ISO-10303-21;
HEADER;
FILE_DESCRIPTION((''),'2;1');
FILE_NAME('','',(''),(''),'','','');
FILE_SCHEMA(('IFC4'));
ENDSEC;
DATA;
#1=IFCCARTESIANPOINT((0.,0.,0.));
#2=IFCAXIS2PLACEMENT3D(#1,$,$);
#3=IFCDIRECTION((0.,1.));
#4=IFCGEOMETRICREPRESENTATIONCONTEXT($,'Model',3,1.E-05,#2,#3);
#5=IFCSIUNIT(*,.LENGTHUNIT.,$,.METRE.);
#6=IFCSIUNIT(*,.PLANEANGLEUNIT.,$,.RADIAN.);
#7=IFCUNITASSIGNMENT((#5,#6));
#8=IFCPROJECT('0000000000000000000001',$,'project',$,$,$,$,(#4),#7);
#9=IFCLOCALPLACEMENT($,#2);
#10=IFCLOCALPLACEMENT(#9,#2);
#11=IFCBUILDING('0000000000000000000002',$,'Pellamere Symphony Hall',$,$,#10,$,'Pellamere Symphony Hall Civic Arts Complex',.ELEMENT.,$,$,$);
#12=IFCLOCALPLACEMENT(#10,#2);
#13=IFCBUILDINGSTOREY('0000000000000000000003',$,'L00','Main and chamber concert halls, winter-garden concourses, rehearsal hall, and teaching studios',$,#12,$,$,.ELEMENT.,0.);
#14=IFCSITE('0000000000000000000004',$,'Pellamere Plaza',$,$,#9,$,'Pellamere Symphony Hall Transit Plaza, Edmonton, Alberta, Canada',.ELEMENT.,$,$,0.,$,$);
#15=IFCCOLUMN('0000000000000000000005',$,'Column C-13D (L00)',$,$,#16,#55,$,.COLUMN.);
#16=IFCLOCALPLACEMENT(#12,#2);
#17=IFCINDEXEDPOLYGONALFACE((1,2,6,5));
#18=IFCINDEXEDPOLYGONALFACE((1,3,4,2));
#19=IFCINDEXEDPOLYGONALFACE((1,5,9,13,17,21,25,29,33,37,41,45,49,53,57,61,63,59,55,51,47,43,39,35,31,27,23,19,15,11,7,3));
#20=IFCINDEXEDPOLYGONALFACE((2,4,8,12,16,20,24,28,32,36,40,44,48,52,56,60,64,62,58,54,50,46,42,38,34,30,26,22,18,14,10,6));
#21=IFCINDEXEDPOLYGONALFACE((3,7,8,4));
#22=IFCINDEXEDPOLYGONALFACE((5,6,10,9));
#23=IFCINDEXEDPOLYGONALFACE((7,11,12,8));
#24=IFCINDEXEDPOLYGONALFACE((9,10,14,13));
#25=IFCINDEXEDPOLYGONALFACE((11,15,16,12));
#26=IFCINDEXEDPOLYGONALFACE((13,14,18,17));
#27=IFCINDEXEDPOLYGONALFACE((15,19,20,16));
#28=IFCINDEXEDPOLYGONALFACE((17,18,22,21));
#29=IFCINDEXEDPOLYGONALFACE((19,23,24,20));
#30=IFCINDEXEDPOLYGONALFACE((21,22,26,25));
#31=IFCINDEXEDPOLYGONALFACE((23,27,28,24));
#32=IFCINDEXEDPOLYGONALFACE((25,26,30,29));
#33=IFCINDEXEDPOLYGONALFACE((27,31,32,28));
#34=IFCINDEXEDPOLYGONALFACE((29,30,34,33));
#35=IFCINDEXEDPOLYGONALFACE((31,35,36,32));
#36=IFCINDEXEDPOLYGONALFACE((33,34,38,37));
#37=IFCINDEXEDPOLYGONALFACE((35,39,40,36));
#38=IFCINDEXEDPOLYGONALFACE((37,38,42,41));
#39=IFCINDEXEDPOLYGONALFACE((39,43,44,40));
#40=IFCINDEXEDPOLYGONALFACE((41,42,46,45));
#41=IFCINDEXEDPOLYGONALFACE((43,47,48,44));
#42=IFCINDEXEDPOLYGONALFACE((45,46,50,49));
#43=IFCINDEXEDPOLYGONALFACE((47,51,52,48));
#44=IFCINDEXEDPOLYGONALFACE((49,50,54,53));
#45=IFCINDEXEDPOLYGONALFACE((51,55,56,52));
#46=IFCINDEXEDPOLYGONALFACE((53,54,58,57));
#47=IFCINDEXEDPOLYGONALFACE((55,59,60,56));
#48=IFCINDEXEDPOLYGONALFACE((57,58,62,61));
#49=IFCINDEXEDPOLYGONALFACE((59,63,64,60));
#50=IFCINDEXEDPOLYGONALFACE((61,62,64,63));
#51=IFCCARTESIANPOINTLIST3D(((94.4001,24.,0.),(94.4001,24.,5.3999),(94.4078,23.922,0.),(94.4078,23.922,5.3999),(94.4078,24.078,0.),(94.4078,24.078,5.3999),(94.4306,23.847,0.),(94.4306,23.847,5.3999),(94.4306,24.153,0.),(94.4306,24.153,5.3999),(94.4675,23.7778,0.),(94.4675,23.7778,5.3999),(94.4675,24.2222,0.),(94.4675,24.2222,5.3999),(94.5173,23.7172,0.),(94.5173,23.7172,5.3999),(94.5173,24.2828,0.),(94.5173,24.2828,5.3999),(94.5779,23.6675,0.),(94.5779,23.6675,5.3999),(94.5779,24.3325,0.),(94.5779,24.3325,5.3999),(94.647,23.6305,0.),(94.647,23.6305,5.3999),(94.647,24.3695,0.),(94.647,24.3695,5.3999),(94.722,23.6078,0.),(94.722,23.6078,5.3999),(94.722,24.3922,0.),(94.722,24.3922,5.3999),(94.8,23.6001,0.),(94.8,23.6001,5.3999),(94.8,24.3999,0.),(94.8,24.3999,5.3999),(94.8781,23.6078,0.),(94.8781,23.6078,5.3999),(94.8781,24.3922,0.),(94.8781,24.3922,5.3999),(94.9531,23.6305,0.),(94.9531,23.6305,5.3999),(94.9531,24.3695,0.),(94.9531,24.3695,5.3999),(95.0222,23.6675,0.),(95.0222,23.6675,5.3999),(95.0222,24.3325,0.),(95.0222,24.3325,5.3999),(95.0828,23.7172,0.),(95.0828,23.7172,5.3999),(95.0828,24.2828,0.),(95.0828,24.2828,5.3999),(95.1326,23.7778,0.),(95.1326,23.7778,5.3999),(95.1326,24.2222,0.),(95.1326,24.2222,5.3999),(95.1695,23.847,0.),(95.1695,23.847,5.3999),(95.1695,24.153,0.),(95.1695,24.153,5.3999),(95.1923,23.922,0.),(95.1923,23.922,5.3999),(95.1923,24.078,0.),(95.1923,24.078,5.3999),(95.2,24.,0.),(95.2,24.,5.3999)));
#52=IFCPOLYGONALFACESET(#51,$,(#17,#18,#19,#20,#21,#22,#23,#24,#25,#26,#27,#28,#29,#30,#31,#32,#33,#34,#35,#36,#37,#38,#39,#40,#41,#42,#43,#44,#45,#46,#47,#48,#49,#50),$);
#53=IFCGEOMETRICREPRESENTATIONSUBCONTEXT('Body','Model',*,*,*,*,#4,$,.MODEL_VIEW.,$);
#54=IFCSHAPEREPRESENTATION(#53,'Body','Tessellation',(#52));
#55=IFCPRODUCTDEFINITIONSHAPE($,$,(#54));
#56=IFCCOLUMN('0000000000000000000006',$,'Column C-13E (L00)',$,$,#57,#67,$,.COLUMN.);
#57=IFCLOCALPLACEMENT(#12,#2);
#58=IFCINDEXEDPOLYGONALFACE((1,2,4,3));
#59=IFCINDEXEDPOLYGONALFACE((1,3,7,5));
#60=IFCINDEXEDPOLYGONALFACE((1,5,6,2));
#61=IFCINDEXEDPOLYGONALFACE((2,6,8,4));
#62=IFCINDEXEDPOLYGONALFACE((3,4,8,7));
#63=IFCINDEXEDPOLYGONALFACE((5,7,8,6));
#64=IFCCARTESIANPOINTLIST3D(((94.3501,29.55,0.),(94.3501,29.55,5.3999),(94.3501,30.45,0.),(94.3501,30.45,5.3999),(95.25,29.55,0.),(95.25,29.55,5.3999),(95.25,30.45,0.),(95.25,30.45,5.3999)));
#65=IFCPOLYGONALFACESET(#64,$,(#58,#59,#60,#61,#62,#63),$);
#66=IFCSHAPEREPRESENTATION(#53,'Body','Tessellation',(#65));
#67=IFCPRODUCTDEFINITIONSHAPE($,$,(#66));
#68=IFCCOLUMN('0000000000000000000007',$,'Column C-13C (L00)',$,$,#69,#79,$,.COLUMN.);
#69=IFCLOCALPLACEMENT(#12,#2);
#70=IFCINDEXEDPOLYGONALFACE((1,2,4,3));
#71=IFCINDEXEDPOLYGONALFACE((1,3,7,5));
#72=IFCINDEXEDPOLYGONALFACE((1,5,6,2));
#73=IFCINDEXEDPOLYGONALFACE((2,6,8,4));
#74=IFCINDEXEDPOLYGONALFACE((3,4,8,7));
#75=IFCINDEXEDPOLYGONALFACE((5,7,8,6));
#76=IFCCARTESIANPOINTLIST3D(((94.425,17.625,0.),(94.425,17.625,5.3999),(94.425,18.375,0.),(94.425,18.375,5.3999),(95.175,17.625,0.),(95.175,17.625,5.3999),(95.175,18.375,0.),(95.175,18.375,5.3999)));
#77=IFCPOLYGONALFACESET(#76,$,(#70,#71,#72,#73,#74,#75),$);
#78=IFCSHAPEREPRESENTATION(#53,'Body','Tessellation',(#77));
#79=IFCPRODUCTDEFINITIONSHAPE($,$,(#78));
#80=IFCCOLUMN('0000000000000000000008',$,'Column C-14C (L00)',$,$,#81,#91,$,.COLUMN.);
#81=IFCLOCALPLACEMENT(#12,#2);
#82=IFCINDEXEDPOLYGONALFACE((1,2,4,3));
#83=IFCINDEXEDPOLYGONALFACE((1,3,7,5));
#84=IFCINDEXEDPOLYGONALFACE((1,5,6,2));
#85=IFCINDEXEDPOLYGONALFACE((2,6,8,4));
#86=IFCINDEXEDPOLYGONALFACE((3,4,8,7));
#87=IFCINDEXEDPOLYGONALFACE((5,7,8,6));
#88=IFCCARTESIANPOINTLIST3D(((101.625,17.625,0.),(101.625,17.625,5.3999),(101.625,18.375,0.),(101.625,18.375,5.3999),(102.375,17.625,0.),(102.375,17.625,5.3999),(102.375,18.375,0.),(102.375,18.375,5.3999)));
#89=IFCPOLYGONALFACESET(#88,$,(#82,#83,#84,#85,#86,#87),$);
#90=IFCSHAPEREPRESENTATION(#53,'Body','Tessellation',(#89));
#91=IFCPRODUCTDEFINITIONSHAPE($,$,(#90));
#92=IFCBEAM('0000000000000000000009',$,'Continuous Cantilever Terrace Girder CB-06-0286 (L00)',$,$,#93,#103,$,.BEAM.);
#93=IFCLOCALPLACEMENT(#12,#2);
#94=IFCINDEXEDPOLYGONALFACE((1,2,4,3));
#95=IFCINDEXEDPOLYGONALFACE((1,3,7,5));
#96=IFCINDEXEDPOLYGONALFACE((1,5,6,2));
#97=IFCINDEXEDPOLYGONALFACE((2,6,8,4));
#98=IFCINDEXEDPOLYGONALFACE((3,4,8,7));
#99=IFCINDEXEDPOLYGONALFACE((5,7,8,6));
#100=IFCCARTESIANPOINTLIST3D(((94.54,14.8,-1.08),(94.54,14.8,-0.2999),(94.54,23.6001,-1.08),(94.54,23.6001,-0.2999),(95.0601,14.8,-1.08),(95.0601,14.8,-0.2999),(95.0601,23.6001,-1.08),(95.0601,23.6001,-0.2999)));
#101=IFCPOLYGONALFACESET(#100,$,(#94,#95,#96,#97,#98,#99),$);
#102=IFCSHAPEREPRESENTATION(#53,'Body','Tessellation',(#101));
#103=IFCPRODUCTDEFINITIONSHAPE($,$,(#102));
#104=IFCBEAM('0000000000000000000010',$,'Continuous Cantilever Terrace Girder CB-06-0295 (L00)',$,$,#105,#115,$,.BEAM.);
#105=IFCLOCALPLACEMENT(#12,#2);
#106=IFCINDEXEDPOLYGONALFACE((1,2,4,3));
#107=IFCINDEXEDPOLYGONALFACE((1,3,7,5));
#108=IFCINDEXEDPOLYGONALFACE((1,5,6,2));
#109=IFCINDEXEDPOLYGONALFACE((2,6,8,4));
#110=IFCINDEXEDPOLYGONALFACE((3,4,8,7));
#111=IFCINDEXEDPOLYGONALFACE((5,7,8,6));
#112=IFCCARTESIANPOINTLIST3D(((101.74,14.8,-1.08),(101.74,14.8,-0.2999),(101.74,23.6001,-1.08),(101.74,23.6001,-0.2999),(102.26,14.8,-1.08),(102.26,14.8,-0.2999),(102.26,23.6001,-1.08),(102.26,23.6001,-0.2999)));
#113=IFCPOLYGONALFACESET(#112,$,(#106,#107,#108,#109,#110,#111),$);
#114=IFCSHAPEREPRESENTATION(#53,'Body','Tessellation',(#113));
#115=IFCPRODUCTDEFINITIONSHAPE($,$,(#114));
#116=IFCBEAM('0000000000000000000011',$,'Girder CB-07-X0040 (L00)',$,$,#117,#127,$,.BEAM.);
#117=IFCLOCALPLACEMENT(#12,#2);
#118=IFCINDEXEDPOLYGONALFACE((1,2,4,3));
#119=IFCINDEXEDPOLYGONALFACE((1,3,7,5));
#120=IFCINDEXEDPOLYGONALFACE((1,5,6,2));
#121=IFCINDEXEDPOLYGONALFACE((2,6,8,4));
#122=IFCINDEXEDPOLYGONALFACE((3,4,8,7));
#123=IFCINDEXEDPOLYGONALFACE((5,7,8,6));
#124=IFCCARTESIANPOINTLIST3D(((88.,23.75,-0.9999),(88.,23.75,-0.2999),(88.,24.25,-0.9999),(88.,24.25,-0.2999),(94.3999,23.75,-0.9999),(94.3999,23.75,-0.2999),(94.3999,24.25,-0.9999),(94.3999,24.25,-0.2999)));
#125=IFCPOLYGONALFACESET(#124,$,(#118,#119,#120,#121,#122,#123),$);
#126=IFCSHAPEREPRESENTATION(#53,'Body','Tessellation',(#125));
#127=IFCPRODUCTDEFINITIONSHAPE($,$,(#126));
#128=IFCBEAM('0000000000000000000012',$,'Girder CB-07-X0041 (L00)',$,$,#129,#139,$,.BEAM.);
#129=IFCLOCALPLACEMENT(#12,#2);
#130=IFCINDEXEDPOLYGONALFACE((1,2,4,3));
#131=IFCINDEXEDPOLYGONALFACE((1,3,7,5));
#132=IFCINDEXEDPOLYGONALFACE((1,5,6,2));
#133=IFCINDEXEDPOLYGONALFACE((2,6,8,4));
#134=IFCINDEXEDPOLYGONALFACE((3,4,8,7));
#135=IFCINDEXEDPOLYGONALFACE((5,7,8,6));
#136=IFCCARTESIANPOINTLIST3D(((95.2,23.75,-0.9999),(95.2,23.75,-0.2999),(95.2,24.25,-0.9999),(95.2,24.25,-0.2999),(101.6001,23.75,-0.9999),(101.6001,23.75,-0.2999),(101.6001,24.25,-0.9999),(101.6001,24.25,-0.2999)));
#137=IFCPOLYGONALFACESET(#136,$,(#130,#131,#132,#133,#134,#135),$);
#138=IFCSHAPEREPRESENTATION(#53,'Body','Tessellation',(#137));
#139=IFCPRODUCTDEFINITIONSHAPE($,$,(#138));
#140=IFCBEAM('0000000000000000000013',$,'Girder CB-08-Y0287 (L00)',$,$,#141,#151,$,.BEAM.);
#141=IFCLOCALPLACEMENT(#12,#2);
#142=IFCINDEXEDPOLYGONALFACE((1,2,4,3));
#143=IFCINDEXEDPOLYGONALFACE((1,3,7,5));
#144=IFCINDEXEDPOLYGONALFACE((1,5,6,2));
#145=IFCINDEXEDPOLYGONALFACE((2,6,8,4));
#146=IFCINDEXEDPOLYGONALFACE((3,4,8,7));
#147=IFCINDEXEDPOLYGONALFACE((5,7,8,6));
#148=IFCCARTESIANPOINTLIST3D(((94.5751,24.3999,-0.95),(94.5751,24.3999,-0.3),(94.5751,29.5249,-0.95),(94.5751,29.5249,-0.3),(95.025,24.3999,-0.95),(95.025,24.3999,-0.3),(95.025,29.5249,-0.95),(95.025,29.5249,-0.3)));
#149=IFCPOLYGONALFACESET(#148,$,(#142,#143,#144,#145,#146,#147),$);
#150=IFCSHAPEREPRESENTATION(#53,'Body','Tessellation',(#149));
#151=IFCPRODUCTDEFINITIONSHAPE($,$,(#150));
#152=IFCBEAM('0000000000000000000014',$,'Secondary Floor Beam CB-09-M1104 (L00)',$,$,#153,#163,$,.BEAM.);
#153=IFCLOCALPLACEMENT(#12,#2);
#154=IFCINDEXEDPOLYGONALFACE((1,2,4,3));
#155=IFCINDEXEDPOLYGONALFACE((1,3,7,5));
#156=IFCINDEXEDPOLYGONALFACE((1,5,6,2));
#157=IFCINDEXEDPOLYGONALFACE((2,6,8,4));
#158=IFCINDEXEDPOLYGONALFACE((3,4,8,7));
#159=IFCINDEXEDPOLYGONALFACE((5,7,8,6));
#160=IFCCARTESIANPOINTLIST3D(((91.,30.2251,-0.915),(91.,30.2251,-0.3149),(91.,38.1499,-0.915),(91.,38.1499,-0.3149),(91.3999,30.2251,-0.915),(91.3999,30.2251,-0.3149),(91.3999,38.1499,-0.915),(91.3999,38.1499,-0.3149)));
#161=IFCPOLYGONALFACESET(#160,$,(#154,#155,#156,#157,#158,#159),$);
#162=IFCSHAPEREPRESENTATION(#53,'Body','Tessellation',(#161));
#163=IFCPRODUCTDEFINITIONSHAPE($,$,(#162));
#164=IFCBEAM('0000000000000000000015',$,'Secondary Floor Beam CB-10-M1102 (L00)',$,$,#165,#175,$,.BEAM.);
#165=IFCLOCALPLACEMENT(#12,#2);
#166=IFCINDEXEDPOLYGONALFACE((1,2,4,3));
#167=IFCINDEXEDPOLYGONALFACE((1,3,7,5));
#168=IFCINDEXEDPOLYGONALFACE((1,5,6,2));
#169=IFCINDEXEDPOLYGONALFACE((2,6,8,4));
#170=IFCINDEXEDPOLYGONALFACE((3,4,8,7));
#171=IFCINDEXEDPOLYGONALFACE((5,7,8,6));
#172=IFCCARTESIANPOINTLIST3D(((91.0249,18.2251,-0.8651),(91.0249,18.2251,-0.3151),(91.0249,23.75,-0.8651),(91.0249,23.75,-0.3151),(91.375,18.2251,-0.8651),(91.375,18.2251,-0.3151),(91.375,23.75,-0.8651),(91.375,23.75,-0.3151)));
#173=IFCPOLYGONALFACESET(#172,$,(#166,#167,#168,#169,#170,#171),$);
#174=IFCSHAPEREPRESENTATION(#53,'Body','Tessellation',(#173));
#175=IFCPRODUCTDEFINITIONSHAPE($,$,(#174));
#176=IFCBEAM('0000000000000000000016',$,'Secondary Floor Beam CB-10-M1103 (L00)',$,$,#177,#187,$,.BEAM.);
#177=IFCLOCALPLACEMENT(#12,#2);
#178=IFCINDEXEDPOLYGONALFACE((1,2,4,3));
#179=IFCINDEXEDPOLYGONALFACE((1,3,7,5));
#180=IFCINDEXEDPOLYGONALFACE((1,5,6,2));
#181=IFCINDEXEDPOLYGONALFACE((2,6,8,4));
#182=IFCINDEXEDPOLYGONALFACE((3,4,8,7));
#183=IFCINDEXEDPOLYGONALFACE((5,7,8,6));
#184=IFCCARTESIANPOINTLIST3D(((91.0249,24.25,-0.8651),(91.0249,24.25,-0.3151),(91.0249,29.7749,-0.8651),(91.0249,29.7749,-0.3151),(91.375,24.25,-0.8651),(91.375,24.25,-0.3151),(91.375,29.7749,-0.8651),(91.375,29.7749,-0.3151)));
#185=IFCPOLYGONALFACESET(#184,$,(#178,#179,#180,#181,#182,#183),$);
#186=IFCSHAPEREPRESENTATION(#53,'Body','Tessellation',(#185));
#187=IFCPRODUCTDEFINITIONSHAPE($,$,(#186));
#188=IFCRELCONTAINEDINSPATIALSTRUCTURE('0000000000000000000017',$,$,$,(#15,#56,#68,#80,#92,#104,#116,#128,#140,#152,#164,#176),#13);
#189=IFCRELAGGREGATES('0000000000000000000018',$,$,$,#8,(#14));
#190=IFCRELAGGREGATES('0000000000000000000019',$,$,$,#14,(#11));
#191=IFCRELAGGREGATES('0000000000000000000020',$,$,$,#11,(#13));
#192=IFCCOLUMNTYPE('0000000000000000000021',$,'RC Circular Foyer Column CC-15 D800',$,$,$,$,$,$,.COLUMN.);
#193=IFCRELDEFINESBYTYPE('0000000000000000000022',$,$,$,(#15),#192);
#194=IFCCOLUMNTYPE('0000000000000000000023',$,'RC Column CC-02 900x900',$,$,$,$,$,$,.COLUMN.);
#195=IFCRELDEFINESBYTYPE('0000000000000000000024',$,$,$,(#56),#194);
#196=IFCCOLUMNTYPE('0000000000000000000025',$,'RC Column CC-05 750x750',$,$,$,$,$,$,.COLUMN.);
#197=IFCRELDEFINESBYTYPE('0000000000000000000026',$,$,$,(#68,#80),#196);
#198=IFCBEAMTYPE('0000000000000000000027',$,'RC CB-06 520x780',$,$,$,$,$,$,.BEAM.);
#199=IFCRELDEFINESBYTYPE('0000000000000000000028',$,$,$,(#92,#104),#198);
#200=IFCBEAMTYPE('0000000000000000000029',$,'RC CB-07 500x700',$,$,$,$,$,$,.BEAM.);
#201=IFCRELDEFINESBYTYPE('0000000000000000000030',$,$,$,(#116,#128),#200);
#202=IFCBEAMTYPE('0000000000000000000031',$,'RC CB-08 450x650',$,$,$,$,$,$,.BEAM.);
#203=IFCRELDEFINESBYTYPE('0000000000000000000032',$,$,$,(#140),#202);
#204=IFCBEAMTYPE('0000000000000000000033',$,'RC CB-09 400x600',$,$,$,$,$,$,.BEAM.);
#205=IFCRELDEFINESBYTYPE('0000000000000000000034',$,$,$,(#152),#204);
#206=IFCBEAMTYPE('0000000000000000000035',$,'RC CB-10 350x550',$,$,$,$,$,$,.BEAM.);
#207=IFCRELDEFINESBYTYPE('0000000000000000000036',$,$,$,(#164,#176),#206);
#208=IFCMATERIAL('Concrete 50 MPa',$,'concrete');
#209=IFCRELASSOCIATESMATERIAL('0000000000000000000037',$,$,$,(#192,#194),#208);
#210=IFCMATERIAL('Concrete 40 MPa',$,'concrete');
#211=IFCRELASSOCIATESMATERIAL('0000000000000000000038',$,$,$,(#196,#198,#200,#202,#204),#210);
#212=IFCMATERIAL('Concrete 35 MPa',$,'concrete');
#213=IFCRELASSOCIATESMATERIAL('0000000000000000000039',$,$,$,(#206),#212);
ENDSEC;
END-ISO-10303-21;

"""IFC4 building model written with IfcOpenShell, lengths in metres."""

from ifc_helpers import new_model, si_unit, direction, frame, origin, origin_2d, place, context, subcontext, project, spatial, rectangle, circle, extrude, material, material_profile, profile_set, type_object, element, save


model = new_model("IFC4")

# Units and contexts
model_context = context("Model", 3, precision=1e-05, world=origin(), true_north=direction((0.0, 1.0)))
body_context = subcontext(model_context, "Body", "Model", "MODEL_VIEW")
ifc_project = project(units=[si_unit("LENGTHUNIT", "METRE"), si_unit("PLANEANGLEUNIT", "RADIAN")], contexts=[model_context])

# Site, building, storey
site_placement = place(None, origin())
site = spatial("IfcSite", under=ifc_project, at=site_placement, Name="Pellamere Plaza", LongName="Pellamere Symphony Hall Transit Plaza, Edmonton, Alberta, Canada", CompositionType="ELEMENT", RefElevation=0.0)
building_placement = place(site_placement, origin())
building = spatial("IfcBuilding", under=site, at=building_placement, Name="Pellamere Symphony Hall", LongName="Pellamere Symphony Hall Civic Arts Complex", CompositionType="ELEMENT")
storey_placement = place(building_placement, origin())
storey = spatial("IfcBuildingStorey", under=building, at=storey_placement, Name="L00", Description="Main and chamber concert halls, winter-garden concourses, rehearsal hall, and teaching studios", CompositionType="ELEMENT", Elevation=0.0)

# Columns
ifc_material_1 = material(Name="Concrete 50 MPa", Category="concrete")
ifc_material_profile_1 = material_profile(ifc_material_1, circle(Radius=0.3999, at=origin_2d()), Name="RCCOL D800")
ifc_profile_set_1 = profile_set([ifc_material_profile_1], Name="Concrete 50 MPa")
column_type_1 = type_object("IfcColumnType", Name="RC Circular Foyer Column CC-15 D800", PredefinedType="COLUMN", material=ifc_profile_set_1)
column_1_placement = place(storey_placement, frame((94.8, 24.0, 0.0), z_axis=(0.0, 0.0, 1.0), x_axis=(1.0, 0.0, 0.0)))
element("IfcColumn", 1, at=column_1_placement, inside=storey, type_object=column_type_1, Name="Column C-13D (L00)", PredefinedType="COLUMN", context=body_context, shape_type="SweptSolid", body=[
    extrude(circle(Radius=0.3999, at=origin_2d()), origin(), (0.0, 0.0, 1.0), 5.3999),
])
ifc_material_profile_2 = material_profile(ifc_material_1, rectangle(XDim=0.8999, YDim=0.8999, at=origin_2d()), Name="RC 900x900")
ifc_profile_set_2 = profile_set([ifc_material_profile_2], Name="Concrete 50 MPa")
column_type_2 = type_object("IfcColumnType", Name="RC Column CC-02 900x900", PredefinedType="COLUMN", material=ifc_profile_set_2)
column_2_placement = place(storey_placement, frame((94.8, 30.0, 0.0), z_axis=(0.0, 0.0, 1.0), x_axis=(1.0, 0.0, 0.0)))
element("IfcColumn", 2, at=column_2_placement, inside=storey, type_object=column_type_2, Name="Column C-13E (L00)", PredefinedType="COLUMN", context=body_context, shape_type="SweptSolid", body=[
    extrude(rectangle(XDim=0.8999, YDim=0.8999, at=origin_2d()), origin(), (0.0, 0.0, 1.0), 5.3999),
])
ifc_material_2 = material(Name="Concrete 40 MPa", Category="concrete")
ifc_material_profile_3 = material_profile(ifc_material_2, rectangle(XDim=0.75, YDim=0.75, at=origin_2d()), Name="RC 750x750")
ifc_profile_set_3 = profile_set([ifc_material_profile_3], Name="Concrete 40 MPa")
column_type_3 = type_object("IfcColumnType", Name="RC Column CC-05 750x750", PredefinedType="COLUMN", material=ifc_profile_set_3)
for number, where, z_axis, x_axis, name in (
    (3, (94.8, 18.0, 0.0), (0.0, 0.0, 1.0), (1.0, 0.0, 0.0), "Column C-13C (L00)"),
    (4, (102.0, 18.0, 0.0), (0.0, 0.0, 1.0), (1.0, 0.0, 0.0), "Column C-14C (L00)"),
):
    element("IfcColumn", number, at=place(storey_placement, frame(where, z_axis=z_axis, x_axis=x_axis)), inside=storey, type_object=column_type_3, Name=name, PredefinedType="COLUMN", context=body_context, shape_type="SweptSolid", body=[
        extrude(rectangle(XDim=0.75, YDim=0.75, at=origin_2d()), origin(), (0.0, 0.0, 1.0), 5.3999),
    ])

# Beams
ifc_material_profile_4 = material_profile(ifc_material_2, rectangle(XDim=0.52, YDim=0.78, at=origin_2d()), Name="RC 520x780")
ifc_profile_set_4 = profile_set([ifc_material_profile_4], Name="Concrete 40 MPa")
beam_type_1 = type_object("IfcBeamType", Name="RC CB-06 520x780", PredefinedType="BEAM", material=ifc_profile_set_4)
for number, where, z_axis, x_axis, name in (
    (5, (94.8, 14.8, -0.6899), (0.0, 1.0, 0.0), (-1.0, 0.0, 0.0), "Continuous Cantilever Terrace Girder CB-06-0286 (L00)"),
    (6, (102.0, 14.8, -0.6899), (0.0, 1.0, 0.0), (-1.0, 0.0, 0.0), "Continuous Cantilever Terrace Girder CB-06-0295 (L00)"),
):
    element("IfcBeam", number, at=place(storey_placement, frame(where, z_axis=z_axis, x_axis=x_axis)), inside=storey, type_object=beam_type_1, Name=name, PredefinedType="BEAM", context=body_context, shape_type="SweptSolid", body=[
        extrude(rectangle(XDim=0.52, YDim=0.78, at=origin_2d()), origin(), (0.0, 0.0, 1.0), 8.8),
    ])
ifc_material_profile_5 = material_profile(ifc_material_2, rectangle(XDim=0.5, YDim=0.7, at=origin_2d()), Name="RC 500x700")
ifc_profile_set_5 = profile_set([ifc_material_profile_5], Name="Concrete 40 MPa")
beam_type_2 = type_object("IfcBeamType", Name="RC CB-07 500x700", PredefinedType="BEAM", material=ifc_profile_set_5)
beam_1_placement = place(storey_placement, frame((88.0, 24.0, -0.6499), z_axis=(1.0, 0.0, 0.0), x_axis=(0.0, 1.0, 0.0)))
element("IfcBeam", 7, at=beam_1_placement, inside=storey, type_object=beam_type_2, Name="Girder CB-07-X0040 (L00)", PredefinedType="BEAM", context=body_context, shape_type="SweptSolid", body=[
    extrude(rectangle(XDim=0.5, YDim=0.7, at=origin_2d()), origin(), (0.0, 0.0, 1.0), 6.3999),
])
beam_2_placement = place(storey_placement, frame((95.2, 24.0, -0.6499), z_axis=(1.0, 0.0, 0.0), x_axis=(0.0, 1.0, 0.0)))
element("IfcBeam", 8, at=beam_2_placement, inside=storey, type_object=beam_type_2, Name="Girder CB-07-X0041 (L00)", PredefinedType="BEAM", context=body_context, shape_type="SweptSolid", body=[
    extrude(rectangle(XDim=0.5, YDim=0.7, at=origin_2d()), origin(), (0.0, 0.0, 1.0), 6.4001),
])
ifc_material_profile_6 = material_profile(ifc_material_2, rectangle(XDim=0.45, YDim=0.6499, at=origin_2d()), Name="RC 450x650")
ifc_profile_set_6 = profile_set([ifc_material_profile_6], Name="Concrete 40 MPa")
beam_type_3 = type_object("IfcBeamType", Name="RC CB-08 450x650", PredefinedType="BEAM", material=ifc_profile_set_6)
beam_3_placement = place(storey_placement, frame((94.8, 24.3999, -0.625), z_axis=(0.0, 1.0, 0.0), x_axis=(-1.0, 0.0, 0.0)))
element("IfcBeam", 9, at=beam_3_placement, inside=storey, type_object=beam_type_3, Name="Girder CB-08-Y0287 (L00)", PredefinedType="BEAM", context=body_context, shape_type="SweptSolid", body=[
    extrude(rectangle(XDim=0.45, YDim=0.6499, at=origin_2d()), origin(), (0.0, 0.0, 1.0), 5.125),
])
ifc_material_profile_7 = material_profile(ifc_material_2, rectangle(XDim=0.3999, YDim=0.6001, at=origin_2d()), Name="RC 400x600")
ifc_profile_set_7 = profile_set([ifc_material_profile_7], Name="Concrete 40 MPa")
beam_type_4 = type_object("IfcBeamType", Name="RC CB-09 400x600", PredefinedType="BEAM", material=ifc_profile_set_7)
beam_4_placement = place(storey_placement, frame((91.2, 30.2251, -0.615), z_axis=(0.0, 1.0, 0.0), x_axis=(-1.0, 0.0, 0.0)))
element("IfcBeam", 10, at=beam_4_placement, inside=storey, type_object=beam_type_4, Name="Secondary Floor Beam CB-09-M1104 (L00)", PredefinedType="BEAM", context=body_context, shape_type="SweptSolid", body=[
    extrude(rectangle(XDim=0.3999, YDim=0.6001, at=origin_2d()), origin(), (0.0, 0.0, 1.0), 7.9248),
])
ifc_material_3 = material(Name="Concrete 35 MPa", Category="concrete")
ifc_material_profile_8 = material_profile(ifc_material_3, rectangle(XDim=0.3501, YDim=0.55, at=origin_2d()), Name="RC 350x550")
ifc_profile_set_8 = profile_set([ifc_material_profile_8], Name="Concrete 35 MPa")
beam_type_5 = type_object("IfcBeamType", Name="RC CB-10 350x550", PredefinedType="BEAM", material=ifc_profile_set_8)
for number, where, z_axis, x_axis, name in (
    (11, (91.2, 18.2251, -0.5901), (0.0, 1.0, 0.0), (-1.0, 0.0, 0.0), "Secondary Floor Beam CB-10-M1102 (L00)"),
    (12, (91.2, 24.25, -0.5901), (0.0, 1.0, 0.0), (-1.0, 0.0, 0.0), "Secondary Floor Beam CB-10-M1103 (L00)"),
):
    element("IfcBeam", number, at=place(storey_placement, frame(where, z_axis=z_axis, x_axis=x_axis)), inside=storey, type_object=beam_type_5, Name=name, PredefinedType="BEAM", context=body_context, shape_type="SweptSolid", body=[
        extrude(rectangle(XDim=0.3501, YDim=0.55, at=origin_2d()), origin(), (0.0, 0.0, 1.0), 5.5249),
    ])

save(model, "model.ifc")
